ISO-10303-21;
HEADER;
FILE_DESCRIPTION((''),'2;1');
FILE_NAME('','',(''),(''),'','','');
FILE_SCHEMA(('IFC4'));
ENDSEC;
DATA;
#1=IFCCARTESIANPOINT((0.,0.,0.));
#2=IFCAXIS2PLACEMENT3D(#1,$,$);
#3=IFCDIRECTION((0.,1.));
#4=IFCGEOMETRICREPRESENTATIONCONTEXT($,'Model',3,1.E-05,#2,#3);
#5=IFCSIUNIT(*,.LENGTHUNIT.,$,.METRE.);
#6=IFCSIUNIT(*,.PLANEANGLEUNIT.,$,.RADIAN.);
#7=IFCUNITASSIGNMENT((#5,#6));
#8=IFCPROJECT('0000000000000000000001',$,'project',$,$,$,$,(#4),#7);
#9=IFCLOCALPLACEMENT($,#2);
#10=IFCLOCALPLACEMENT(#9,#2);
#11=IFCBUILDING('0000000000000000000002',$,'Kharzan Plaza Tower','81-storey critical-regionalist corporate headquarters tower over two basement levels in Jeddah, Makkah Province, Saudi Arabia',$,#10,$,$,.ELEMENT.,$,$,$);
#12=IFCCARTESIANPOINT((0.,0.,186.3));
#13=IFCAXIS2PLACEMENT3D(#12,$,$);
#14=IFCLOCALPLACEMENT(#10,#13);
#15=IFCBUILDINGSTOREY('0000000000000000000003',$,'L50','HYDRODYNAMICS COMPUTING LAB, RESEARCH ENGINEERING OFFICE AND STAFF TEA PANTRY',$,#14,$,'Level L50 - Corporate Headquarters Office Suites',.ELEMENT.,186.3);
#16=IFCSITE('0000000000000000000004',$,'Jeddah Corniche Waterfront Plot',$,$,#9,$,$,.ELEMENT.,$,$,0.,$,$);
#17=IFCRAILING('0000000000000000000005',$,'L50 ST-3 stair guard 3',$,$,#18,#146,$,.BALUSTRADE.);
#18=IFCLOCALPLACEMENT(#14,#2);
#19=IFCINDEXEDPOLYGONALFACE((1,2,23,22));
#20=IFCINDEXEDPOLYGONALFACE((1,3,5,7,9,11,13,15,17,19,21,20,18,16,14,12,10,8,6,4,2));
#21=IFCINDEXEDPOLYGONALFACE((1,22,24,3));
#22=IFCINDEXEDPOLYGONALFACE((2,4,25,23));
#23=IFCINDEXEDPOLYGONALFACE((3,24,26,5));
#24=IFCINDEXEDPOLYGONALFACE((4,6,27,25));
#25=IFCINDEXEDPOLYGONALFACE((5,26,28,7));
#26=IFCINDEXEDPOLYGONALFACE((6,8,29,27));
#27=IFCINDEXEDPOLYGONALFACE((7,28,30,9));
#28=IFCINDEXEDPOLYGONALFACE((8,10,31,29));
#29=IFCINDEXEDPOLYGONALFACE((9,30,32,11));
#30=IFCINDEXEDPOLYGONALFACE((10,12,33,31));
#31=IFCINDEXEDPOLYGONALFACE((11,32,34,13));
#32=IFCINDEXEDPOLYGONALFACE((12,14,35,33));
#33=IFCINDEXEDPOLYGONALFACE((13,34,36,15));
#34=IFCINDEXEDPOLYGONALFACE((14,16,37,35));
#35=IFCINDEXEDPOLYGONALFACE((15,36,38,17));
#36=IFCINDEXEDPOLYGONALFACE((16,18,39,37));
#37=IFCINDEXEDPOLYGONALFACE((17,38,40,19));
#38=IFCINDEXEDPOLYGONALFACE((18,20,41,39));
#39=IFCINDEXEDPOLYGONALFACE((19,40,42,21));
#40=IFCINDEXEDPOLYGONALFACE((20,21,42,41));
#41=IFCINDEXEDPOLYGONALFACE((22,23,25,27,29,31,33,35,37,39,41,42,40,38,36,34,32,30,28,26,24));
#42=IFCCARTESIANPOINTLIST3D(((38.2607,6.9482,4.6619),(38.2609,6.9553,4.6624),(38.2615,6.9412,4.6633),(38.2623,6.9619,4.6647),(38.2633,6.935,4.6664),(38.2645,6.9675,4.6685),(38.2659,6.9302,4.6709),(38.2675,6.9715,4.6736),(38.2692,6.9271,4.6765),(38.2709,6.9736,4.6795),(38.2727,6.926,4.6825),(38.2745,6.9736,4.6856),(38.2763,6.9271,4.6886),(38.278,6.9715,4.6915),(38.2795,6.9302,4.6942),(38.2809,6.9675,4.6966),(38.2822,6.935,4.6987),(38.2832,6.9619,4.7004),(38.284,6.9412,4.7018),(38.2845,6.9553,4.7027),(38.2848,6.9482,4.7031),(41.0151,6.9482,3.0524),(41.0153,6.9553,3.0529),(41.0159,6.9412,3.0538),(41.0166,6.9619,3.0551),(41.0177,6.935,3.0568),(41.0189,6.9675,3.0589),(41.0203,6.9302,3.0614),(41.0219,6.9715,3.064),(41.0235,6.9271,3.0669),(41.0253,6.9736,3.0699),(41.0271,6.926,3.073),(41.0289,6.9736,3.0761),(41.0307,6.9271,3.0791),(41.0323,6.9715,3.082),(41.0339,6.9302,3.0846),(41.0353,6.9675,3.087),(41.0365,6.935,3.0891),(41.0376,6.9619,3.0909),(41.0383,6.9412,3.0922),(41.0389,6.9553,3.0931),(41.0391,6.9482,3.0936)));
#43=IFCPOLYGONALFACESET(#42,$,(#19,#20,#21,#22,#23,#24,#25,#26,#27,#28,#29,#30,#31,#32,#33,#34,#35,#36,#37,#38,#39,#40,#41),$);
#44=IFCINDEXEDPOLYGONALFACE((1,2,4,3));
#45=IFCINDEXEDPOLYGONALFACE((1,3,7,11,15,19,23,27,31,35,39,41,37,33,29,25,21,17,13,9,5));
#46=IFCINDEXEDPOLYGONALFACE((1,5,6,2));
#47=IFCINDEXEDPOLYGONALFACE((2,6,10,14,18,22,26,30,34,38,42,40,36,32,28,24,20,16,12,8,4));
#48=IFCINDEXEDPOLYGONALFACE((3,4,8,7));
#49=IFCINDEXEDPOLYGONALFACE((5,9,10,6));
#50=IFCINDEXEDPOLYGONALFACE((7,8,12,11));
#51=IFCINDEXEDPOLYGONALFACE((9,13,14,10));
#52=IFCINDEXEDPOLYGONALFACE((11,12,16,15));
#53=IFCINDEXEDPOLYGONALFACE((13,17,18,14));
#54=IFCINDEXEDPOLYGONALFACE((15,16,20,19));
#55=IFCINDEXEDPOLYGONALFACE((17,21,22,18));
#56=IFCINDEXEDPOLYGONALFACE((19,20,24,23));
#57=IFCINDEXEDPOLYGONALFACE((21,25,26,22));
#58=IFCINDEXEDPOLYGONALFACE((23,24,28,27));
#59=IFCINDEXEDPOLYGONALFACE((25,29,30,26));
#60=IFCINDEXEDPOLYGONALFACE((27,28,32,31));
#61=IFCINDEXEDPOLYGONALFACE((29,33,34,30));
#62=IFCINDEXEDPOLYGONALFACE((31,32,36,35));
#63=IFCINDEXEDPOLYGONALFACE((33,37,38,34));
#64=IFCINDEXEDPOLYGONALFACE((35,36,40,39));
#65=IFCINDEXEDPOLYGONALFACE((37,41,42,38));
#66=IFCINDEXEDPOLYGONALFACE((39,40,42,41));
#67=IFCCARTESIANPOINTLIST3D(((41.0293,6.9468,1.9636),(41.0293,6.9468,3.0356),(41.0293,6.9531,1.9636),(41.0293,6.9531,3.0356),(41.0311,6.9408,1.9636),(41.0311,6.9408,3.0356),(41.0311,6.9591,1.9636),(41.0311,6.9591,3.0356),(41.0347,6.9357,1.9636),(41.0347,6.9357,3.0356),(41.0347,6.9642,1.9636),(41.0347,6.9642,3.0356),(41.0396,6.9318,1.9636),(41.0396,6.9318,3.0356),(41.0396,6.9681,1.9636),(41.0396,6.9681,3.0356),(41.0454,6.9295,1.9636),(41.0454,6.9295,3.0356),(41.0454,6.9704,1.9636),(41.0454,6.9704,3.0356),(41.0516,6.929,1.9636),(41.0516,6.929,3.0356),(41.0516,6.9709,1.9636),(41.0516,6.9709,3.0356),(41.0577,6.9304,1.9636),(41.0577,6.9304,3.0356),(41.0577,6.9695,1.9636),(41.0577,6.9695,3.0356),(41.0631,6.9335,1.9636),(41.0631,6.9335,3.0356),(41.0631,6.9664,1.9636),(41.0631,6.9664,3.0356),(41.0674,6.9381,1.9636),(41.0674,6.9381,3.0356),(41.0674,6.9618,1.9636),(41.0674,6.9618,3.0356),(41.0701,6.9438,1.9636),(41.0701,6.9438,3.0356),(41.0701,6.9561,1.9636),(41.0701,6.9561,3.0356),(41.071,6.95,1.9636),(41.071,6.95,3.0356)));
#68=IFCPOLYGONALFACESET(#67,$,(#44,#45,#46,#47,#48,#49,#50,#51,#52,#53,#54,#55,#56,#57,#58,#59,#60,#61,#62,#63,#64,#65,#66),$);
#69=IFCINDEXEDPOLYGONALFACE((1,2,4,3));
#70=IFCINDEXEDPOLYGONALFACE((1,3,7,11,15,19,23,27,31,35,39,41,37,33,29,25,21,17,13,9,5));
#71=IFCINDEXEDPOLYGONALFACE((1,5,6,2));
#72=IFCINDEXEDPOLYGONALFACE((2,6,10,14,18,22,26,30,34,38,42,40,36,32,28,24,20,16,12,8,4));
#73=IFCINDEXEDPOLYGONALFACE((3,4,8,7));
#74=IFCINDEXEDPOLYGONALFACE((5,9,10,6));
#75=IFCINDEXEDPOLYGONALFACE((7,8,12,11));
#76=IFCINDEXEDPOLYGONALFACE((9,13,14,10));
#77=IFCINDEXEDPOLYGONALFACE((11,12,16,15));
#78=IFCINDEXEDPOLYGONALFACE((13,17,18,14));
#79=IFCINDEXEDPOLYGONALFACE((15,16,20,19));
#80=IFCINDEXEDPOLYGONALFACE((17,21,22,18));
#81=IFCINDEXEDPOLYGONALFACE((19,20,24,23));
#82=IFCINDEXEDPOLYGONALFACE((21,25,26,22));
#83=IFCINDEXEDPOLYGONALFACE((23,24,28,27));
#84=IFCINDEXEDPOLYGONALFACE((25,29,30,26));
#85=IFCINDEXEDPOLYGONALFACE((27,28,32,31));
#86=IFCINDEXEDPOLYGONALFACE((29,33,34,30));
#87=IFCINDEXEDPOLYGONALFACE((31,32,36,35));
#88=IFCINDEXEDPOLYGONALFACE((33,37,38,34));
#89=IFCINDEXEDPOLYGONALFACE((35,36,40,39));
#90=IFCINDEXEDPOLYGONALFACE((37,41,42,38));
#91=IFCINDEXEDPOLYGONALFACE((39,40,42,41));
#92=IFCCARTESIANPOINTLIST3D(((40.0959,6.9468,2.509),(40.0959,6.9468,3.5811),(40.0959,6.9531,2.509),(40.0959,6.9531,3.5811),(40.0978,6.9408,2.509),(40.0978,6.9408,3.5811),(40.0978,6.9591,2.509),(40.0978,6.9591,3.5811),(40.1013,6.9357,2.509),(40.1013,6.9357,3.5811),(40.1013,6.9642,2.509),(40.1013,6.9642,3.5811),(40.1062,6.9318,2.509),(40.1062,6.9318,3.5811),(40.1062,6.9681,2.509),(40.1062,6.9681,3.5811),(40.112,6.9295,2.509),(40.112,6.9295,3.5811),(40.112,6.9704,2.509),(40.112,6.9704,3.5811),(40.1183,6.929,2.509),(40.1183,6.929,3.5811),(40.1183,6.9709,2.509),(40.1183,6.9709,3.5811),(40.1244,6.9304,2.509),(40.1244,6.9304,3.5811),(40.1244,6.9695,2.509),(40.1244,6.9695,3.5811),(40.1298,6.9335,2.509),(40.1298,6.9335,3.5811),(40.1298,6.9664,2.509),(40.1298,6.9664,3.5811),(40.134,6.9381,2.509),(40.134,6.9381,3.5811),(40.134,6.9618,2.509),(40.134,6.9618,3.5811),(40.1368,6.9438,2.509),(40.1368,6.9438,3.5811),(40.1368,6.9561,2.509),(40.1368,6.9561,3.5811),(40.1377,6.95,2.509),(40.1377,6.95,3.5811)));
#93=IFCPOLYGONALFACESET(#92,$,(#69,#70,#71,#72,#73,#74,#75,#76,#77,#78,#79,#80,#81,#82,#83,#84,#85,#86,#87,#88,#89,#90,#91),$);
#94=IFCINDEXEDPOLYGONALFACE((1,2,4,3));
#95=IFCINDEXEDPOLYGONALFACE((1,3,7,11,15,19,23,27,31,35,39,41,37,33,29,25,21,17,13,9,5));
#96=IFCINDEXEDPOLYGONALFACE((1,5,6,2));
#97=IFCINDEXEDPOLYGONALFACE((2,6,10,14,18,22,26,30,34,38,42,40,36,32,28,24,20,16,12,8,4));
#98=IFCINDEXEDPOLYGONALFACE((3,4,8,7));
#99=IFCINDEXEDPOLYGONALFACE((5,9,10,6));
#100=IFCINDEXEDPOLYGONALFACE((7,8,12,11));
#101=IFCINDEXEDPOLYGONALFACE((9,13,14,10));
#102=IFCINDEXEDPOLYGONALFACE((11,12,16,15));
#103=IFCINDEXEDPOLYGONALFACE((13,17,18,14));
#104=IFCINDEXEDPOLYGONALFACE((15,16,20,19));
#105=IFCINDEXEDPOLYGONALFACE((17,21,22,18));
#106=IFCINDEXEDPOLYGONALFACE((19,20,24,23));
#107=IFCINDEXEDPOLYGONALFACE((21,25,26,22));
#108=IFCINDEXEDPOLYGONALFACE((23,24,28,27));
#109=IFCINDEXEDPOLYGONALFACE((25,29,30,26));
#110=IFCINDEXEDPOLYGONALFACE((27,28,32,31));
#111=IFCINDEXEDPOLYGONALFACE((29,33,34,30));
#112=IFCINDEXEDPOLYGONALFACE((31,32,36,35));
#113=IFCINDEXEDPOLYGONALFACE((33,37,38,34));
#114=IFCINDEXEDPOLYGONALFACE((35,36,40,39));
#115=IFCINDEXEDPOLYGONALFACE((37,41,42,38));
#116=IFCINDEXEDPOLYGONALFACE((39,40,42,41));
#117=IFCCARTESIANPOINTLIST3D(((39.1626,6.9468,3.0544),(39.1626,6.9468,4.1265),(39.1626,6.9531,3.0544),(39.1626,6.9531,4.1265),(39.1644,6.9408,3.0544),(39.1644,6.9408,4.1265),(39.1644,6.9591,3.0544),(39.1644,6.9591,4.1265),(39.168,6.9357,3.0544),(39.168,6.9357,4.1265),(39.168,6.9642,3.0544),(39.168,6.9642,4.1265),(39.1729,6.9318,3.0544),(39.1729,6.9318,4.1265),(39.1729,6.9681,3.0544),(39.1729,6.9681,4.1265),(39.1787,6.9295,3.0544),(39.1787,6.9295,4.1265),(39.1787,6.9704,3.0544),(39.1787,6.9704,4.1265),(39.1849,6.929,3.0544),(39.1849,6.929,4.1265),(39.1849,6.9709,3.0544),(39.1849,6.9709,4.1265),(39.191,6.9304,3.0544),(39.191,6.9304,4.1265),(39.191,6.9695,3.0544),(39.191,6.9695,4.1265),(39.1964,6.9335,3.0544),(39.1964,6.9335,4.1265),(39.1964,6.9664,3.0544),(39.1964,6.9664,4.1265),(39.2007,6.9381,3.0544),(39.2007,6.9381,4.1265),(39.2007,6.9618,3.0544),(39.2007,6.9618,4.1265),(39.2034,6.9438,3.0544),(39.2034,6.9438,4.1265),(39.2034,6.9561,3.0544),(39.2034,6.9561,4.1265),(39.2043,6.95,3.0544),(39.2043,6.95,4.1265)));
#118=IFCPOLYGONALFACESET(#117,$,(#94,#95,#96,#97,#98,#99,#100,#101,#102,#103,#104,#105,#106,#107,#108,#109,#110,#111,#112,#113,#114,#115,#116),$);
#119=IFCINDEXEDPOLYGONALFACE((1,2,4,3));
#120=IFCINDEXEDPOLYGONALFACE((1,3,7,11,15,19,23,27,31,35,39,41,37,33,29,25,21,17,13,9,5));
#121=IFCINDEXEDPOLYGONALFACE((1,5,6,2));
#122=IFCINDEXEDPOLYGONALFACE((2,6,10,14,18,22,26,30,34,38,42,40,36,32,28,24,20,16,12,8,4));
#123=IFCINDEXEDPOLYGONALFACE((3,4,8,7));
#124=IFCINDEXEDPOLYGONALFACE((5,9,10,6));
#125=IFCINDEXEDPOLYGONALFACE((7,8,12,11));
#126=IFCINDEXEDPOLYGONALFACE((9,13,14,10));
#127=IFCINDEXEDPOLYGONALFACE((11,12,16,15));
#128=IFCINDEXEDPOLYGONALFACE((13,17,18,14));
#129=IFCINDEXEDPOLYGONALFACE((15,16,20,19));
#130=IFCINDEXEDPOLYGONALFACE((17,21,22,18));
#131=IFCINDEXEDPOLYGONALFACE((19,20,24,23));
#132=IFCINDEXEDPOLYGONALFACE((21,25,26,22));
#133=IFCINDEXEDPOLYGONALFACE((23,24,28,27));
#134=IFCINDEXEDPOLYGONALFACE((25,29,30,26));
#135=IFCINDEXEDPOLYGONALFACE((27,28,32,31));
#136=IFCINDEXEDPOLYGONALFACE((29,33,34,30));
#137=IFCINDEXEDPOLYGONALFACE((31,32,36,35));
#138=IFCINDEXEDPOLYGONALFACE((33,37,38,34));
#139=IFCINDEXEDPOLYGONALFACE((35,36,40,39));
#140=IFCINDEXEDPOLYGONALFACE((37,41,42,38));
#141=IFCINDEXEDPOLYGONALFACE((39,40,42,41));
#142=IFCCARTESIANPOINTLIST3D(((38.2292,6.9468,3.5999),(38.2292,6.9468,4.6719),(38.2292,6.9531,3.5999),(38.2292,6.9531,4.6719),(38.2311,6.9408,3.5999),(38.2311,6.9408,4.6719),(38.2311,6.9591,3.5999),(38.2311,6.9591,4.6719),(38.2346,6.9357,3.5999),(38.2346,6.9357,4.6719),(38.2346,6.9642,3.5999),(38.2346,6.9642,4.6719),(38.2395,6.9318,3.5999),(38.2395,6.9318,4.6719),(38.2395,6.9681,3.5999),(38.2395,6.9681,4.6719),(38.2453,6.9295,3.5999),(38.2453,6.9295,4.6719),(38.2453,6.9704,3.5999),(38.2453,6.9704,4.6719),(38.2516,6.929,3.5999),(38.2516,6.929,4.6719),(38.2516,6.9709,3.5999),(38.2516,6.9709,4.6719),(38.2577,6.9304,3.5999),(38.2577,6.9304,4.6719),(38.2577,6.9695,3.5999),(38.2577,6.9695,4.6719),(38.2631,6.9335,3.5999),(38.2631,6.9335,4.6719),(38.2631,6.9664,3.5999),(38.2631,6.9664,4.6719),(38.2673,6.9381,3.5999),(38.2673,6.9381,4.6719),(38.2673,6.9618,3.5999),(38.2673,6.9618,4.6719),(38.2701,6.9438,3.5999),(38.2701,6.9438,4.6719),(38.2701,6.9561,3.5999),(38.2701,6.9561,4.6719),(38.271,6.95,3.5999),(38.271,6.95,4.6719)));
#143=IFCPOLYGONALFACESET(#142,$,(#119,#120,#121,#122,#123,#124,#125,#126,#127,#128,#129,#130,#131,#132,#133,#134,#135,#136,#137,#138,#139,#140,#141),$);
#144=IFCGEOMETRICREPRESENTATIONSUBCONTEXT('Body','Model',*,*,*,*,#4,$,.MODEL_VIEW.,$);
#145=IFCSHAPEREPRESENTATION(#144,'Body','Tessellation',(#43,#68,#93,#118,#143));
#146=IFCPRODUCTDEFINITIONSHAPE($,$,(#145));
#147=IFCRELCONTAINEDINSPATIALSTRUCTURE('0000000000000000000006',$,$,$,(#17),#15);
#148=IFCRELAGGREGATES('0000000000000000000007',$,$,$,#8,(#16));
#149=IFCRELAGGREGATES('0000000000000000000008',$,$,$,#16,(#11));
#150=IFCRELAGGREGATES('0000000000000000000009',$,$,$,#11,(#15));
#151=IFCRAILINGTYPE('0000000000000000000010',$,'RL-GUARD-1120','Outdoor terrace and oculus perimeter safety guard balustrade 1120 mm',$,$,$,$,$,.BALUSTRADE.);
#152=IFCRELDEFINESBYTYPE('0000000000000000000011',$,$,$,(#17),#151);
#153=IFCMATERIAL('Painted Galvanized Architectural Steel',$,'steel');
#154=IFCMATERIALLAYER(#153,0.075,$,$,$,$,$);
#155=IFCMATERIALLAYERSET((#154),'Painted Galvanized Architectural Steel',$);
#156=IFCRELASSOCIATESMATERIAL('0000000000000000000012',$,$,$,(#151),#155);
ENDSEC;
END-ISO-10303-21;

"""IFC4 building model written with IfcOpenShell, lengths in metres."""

from ifc_helpers import new_model, si_unit, direction, frame, origin, origin_2d, place, context, subcontext, project, spatial, circle, extrude, source, transform, mapped, material, layer, layer_set, type_object, element, save


model = new_model("IFC4")

# Units and contexts
model_context = context("Model", 3, precision=1e-05, world=origin(), true_north=direction((0.0, 1.0)))
body_context = subcontext(model_context, "Body", "Model", "MODEL_VIEW")
ifc_project = project(units=[si_unit("LENGTHUNIT", "METRE"), si_unit("PLANEANGLEUNIT", "RADIAN")], contexts=[model_context])

# Site, building, storey
site_placement = place(None, origin())
site = spatial("IfcSite", under=ifc_project, at=site_placement, Name="Jeddah Corniche Waterfront Plot", CompositionType="ELEMENT", RefElevation=0.0)
building_placement = place(site_placement, origin())
building = spatial("IfcBuilding", under=site, at=building_placement, Name="Kharzan Plaza Tower", Description="81-storey critical-regionalist corporate headquarters tower over two basement levels in Jeddah, Makkah Province, Saudi Arabia", CompositionType="ELEMENT")
storey_placement = place(building_placement, frame((0.0, 0.0, 186.3)))
storey = spatial("IfcBuildingStorey", under=building, at=storey_placement, Name="L50", Description="HYDRODYNAMICS COMPUTING LAB, RESEARCH ENGINEERING OFFICE AND STAFF TEA PANTRY", LongName="Level L50 - Corporate Headquarters Office Suites", CompositionType="ELEMENT", Elevation=186.3)

# Railing
ifc_material_1 = material(Name="Painted Galvanized Architectural Steel", Category="steel")
ifc_layer_1 = layer(ifc_material_1, 0.075)
ifc_layer_set_1 = layer_set([ifc_layer_1], Name="Painted Galvanized Architectural Steel")
railing_type_1 = type_object("IfcRailingType", Name="RL-GUARD-1120", Description="Outdoor terrace and oculus perimeter safety guard balustrade 1120 mm", PredefinedType="BALUSTRADE", material=ifc_layer_set_1)
shared_shape_1 = source(origin(), body_context, "Body", "SweptSolid", [
    extrude(circle(Radius=0.0239, at=origin_2d()), frame((-0.0229, 0.0, 1.1094), z_axis=(-0.863394, 0.0, 0.504531), x_axis=(0.0, -1.0, 0.0)), (0.0, 0.0, 1.0), 3.1902),
    extrude(circle(Radius=0.021, at=origin_2d()), origin(), (0.0, 0.0, 1.0), 1.072),
    extrude(circle(Radius=0.021, at=origin_2d()), frame((-0.9333, 0.0, 0.5454)), (0.0, 0.0, 1.0), 1.072),
    extrude(circle(Radius=0.021, at=origin_2d()), frame((-1.8667, 0.0, 1.0908)), (0.0, 0.0, 1.0), 1.072),
    extrude(circle(Radius=0.021, at=origin_2d()), frame((-2.8, 0.0, 1.6362)), (0.0, 0.0, 1.0), 1.072),
])
railing_1_placement = place(storey_placement, frame((41.05, 6.95, 1.9636)))
element("IfcRailing", 1, at=railing_1_placement, inside=storey, type_object=railing_type_1, Name="L50 ST-3 stair guard 3", PredefinedType="BALUSTRADE", context=body_context, shape_type="MappedRepresentation", body=[
    mapped(shared_shape_1, transform((0.0, 0.0, 0.0), x_axis=(1.0, 0.0, 0.0), y_axis=(0.0, 1.0, 0.0), z_axis=(0.0, 0.0, 1.0))),
])

save(model, "model.ifc")
